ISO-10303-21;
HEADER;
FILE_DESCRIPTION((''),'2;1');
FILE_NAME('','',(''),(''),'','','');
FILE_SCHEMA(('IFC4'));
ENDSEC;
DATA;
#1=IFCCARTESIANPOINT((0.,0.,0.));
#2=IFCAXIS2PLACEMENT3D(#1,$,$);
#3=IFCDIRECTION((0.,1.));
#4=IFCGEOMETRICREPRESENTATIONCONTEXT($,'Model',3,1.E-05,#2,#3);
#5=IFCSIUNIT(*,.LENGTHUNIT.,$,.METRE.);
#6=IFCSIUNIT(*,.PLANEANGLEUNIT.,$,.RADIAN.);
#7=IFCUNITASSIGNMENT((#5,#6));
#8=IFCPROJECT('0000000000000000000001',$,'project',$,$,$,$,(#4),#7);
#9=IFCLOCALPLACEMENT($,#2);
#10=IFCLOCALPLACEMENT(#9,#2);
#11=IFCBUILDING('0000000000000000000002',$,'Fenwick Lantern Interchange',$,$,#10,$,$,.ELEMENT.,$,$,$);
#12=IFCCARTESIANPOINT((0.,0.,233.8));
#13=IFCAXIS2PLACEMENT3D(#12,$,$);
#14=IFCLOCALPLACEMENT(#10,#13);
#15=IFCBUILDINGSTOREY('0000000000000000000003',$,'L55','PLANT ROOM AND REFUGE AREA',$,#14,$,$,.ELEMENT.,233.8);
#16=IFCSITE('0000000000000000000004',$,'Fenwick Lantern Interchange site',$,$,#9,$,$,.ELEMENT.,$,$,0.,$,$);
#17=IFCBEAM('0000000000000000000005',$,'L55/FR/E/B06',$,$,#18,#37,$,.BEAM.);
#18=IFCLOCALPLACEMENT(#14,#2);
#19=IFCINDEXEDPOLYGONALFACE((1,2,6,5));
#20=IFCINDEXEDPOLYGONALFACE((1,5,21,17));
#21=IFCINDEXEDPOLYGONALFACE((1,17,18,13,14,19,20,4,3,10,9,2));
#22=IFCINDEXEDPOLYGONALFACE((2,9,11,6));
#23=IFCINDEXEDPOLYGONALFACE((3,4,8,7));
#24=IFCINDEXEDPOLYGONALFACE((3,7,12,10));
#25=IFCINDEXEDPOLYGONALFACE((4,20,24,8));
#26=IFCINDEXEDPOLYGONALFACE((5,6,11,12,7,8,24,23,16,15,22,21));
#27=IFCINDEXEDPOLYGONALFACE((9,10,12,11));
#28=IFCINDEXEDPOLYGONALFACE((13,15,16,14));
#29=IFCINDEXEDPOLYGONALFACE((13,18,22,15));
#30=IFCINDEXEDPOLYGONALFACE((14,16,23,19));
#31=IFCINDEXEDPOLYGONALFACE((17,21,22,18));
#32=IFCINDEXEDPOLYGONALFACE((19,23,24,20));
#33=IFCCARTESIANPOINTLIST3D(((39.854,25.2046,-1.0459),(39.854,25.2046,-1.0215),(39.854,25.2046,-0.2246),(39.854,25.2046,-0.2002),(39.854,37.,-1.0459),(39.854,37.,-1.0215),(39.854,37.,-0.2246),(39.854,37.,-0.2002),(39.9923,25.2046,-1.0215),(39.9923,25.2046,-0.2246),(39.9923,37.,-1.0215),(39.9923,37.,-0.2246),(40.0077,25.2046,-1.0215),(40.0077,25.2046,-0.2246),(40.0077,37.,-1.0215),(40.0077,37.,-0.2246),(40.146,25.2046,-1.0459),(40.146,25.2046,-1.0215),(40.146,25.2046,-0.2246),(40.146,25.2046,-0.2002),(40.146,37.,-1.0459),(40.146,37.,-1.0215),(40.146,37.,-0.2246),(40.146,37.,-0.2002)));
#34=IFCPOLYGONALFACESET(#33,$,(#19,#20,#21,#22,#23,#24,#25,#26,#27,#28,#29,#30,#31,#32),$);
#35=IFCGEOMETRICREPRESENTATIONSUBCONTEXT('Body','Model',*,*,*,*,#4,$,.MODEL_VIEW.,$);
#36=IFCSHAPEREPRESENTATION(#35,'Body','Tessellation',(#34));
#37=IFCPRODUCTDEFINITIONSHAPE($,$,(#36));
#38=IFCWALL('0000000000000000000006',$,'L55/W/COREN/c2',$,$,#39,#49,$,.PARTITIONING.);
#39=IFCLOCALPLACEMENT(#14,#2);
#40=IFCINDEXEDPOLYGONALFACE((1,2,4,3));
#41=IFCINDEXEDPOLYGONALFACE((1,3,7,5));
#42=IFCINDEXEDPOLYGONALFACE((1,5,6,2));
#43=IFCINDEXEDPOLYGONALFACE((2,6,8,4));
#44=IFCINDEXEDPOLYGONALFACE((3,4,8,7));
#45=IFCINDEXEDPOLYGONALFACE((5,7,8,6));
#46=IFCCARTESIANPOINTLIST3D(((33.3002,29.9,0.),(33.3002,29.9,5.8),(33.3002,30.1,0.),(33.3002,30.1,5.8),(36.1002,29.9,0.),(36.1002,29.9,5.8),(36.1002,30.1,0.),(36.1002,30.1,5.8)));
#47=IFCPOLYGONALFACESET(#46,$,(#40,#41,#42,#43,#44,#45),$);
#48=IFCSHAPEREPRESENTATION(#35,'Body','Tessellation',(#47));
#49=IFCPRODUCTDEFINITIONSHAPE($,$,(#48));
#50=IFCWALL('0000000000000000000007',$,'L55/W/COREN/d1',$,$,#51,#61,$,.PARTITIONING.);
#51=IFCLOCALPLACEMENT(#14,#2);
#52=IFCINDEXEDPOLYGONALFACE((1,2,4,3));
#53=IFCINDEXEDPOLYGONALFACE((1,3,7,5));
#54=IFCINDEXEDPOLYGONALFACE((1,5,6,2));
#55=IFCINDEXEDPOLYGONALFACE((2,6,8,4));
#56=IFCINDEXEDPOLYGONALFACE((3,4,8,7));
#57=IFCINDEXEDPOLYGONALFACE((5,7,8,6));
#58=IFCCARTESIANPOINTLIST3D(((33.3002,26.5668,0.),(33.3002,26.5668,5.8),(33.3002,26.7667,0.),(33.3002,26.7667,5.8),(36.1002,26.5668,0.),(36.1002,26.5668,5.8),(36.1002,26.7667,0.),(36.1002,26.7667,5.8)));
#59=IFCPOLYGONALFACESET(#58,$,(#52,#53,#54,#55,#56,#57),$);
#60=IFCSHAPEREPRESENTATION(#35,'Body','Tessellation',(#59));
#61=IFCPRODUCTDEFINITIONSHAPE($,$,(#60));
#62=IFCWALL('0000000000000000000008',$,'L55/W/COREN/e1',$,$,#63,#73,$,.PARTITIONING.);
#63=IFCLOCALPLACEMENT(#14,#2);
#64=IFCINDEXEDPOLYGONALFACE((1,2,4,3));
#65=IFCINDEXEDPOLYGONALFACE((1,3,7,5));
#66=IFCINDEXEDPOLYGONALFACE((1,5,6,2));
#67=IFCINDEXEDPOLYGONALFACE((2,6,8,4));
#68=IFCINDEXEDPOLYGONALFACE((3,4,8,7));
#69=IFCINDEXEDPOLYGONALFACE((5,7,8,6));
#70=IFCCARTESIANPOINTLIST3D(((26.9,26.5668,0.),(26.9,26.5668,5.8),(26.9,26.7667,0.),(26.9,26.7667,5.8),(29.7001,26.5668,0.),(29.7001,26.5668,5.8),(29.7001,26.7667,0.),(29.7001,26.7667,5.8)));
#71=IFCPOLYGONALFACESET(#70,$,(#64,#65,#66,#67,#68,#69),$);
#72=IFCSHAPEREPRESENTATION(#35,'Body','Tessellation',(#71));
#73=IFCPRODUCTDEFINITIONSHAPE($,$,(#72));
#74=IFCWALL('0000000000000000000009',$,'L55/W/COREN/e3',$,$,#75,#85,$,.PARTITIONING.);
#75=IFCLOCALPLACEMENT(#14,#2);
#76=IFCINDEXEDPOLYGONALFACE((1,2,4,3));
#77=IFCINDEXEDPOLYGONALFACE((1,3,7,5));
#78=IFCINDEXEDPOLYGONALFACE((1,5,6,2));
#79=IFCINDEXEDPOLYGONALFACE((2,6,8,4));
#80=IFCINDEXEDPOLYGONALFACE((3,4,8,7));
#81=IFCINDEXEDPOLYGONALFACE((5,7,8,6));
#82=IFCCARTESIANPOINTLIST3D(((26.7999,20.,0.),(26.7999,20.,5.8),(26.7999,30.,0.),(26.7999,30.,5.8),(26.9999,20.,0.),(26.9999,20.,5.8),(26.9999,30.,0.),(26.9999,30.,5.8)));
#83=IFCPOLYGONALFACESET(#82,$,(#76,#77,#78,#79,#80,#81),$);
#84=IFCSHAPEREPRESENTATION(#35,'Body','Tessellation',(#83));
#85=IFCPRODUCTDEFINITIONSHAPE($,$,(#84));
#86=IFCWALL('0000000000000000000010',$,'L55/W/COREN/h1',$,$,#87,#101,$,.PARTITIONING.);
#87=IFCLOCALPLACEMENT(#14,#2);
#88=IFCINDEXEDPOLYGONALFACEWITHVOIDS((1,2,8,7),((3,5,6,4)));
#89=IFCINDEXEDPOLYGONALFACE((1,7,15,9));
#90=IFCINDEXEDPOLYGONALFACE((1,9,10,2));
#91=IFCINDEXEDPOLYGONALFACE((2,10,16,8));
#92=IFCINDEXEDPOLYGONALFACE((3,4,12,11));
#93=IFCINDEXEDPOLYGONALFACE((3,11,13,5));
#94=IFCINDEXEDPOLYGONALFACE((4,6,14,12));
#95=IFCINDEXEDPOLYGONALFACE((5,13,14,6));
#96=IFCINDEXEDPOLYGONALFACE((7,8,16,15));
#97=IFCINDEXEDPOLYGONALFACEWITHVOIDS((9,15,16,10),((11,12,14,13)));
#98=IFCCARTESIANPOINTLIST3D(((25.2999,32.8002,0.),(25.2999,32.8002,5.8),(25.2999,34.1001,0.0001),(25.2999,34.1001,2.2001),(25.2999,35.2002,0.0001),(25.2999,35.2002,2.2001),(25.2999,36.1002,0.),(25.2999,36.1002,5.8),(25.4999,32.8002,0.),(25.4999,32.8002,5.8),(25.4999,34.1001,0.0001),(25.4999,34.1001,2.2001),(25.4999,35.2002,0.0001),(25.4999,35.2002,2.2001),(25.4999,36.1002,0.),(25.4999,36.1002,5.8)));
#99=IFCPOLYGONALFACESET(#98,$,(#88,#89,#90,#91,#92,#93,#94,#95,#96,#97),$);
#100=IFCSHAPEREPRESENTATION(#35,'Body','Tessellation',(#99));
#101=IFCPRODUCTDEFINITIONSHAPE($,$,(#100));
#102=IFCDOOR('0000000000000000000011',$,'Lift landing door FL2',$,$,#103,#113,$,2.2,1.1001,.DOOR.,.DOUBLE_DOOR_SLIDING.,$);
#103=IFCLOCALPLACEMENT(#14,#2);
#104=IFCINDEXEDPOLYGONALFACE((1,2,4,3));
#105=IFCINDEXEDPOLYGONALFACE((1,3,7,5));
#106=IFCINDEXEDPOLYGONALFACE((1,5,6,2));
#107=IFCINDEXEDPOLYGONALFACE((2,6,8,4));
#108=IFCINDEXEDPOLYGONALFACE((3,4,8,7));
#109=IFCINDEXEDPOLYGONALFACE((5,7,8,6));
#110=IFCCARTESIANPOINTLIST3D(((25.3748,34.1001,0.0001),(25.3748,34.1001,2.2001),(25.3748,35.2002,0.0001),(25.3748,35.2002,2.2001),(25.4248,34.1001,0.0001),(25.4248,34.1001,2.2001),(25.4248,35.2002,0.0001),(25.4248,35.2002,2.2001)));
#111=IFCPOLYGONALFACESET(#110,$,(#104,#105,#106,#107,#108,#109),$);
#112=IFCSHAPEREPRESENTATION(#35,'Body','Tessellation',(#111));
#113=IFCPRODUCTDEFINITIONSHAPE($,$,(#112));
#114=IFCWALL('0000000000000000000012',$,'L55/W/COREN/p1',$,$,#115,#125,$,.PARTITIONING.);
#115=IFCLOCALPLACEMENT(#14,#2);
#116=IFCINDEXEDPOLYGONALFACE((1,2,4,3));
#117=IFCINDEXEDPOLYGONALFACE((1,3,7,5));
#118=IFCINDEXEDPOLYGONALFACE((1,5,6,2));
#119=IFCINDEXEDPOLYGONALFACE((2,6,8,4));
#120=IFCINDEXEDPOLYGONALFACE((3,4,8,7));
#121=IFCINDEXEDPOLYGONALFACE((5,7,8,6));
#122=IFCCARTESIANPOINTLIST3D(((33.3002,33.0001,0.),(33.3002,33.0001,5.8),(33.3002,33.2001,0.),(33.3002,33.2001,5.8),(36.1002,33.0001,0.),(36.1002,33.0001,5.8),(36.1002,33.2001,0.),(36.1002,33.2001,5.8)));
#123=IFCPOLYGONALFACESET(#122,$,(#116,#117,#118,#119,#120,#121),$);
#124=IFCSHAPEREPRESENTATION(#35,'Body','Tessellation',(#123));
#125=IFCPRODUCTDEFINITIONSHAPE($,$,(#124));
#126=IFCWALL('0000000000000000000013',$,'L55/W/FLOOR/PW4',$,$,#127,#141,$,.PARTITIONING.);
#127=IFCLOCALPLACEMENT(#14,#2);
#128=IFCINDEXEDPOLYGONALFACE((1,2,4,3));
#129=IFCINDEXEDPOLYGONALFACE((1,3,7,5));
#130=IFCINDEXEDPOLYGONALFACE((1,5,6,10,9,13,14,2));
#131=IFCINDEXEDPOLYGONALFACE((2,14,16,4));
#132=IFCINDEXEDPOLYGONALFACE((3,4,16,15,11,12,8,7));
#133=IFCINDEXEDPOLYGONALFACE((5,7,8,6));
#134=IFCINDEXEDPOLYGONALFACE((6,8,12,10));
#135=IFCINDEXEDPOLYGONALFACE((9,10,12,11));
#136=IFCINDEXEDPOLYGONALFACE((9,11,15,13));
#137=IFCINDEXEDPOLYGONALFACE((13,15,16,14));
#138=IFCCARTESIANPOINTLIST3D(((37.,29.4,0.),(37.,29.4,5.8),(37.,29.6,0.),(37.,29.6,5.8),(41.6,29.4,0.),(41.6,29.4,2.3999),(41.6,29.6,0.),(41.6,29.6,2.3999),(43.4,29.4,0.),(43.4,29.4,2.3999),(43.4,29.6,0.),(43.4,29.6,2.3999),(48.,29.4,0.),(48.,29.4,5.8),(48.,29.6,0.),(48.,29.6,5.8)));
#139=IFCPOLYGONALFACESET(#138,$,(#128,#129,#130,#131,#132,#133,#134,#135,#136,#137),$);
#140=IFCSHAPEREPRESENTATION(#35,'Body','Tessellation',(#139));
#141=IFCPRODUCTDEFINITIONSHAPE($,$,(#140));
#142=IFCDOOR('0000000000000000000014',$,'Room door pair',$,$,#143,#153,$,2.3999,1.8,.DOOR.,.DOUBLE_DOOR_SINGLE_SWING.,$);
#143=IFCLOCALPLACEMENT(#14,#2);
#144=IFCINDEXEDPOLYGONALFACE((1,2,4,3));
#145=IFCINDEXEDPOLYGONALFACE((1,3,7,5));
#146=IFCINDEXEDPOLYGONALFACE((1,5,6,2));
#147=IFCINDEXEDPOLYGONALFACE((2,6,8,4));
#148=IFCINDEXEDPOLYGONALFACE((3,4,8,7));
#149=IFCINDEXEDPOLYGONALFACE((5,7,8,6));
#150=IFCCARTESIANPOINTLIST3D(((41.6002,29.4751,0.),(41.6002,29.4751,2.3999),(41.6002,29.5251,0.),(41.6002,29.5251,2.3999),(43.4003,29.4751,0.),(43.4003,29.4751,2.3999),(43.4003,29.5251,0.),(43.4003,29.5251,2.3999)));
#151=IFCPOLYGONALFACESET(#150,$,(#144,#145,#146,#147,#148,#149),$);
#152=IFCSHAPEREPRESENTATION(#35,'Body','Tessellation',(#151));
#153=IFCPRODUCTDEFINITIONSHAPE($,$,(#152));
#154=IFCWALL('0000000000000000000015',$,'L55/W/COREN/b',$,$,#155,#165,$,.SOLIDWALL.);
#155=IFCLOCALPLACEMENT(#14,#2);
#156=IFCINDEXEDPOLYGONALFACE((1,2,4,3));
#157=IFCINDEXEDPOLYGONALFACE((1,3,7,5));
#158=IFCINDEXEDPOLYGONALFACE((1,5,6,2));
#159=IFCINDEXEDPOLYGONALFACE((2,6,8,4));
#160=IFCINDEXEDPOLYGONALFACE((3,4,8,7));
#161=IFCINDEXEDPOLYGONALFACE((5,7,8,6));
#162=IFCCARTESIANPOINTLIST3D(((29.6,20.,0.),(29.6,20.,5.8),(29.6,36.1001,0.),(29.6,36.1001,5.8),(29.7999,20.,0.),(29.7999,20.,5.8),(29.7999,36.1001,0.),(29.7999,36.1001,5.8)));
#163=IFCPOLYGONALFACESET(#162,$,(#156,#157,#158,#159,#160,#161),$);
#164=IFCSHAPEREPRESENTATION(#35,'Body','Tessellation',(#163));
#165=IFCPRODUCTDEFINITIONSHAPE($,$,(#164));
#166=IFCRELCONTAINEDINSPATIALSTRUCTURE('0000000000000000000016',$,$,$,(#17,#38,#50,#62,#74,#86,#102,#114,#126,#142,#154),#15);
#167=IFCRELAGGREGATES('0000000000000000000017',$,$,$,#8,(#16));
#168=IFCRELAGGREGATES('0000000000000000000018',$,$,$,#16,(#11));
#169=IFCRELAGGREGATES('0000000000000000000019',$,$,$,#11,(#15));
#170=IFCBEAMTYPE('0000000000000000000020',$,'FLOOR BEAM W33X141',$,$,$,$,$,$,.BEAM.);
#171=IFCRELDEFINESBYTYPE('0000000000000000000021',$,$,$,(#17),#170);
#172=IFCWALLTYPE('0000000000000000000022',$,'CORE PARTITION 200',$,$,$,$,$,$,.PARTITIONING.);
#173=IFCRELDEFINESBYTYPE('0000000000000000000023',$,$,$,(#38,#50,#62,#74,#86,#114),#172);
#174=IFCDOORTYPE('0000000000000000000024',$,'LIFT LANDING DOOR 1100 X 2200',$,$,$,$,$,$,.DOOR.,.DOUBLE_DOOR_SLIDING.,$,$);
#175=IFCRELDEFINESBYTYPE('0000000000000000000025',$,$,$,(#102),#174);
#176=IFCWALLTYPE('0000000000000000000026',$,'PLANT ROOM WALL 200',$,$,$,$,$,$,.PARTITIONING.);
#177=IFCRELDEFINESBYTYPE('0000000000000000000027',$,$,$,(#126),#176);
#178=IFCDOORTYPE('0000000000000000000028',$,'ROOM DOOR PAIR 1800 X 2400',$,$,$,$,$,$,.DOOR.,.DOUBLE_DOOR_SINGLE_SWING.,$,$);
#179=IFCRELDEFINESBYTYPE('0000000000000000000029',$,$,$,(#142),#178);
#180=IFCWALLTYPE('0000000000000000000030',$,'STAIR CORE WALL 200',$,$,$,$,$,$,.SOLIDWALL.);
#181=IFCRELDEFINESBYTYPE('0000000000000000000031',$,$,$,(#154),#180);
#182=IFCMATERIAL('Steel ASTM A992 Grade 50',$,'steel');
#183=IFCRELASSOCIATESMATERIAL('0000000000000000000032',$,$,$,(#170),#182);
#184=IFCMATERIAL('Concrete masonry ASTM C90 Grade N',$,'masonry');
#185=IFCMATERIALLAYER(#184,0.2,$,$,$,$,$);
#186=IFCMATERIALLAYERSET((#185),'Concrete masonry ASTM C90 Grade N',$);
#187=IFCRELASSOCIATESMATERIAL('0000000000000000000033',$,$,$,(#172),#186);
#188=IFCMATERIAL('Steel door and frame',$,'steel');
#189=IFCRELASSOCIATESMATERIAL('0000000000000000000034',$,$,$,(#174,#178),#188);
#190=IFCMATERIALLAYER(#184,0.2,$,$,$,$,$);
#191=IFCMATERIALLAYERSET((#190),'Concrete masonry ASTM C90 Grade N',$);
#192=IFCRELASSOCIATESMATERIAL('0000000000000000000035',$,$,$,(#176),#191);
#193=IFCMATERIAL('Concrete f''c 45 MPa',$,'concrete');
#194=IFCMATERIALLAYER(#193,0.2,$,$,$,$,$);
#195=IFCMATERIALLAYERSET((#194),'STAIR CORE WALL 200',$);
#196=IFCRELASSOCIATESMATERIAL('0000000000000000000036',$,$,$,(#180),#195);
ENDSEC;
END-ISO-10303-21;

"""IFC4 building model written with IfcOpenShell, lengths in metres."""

from ifc_helpers import new_model, si_unit, direction, frame, frame_2d, origin, origin_2d, place, context, subcontext, project, spatial, rectangle, i_section, extrude, material, layer, layer_set, material_profile, profile_set, type_object, element, fill, save


model = new_model("IFC4")

# Units and contexts
model_context = context("Model", 3, precision=1e-05, world=origin(), true_north=direction((0.0, 1.0)))
body_context = subcontext(model_context, "Body", "Model", "MODEL_VIEW")
ifc_project = project(units=[si_unit("LENGTHUNIT", "METRE"), si_unit("PLANEANGLEUNIT", "RADIAN")], contexts=[model_context])

# Site, building, storey
site_placement = place(None, origin())
site = spatial("IfcSite", under=ifc_project, at=site_placement, Name="Fenwick Lantern Interchange site", CompositionType="ELEMENT", RefElevation=0.0)
building_placement = place(site_placement, origin())
building = spatial("IfcBuilding", under=site, at=building_placement, Name="Fenwick Lantern Interchange", CompositionType="ELEMENT")
storey_placement = place(building_placement, frame((0.0, 0.0, 233.8)))
storey = spatial("IfcBuildingStorey", under=building, at=storey_placement, Name="L55", Description="PLANT ROOM AND REFUGE AREA", CompositionType="ELEMENT", Elevation=233.8)

# Beam
ifc_material_1 = material(Name="Steel ASTM A992 Grade 50", Category="steel")
ifc_material_profile = material_profile(ifc_material_1, i_section(OverallWidth=0.292, OverallDepth=0.8457, WebThickness=0.0154, FlangeThickness=0.0244, at=origin_2d()), Name="W33X141")
ifc_profile_set = profile_set([ifc_material_profile], Name="Steel ASTM A992 Grade 50")
beam_type = type_object("IfcBeamType", Name="FLOOR BEAM W33X141", PredefinedType="BEAM", material=ifc_profile_set)
beam_placement = place(storey_placement, frame((40.0, 25.2046, -0.623), z_axis=(0.0, 1.0, 0.0), x_axis=(-1.0, 0.0, 0.0)))
element("IfcBeam", 1, at=beam_placement, inside=storey, type_object=beam_type, Name="L55/FR/E/B06", PredefinedType="BEAM", context=body_context, shape_type="SweptSolid", body=[
    extrude(i_section(OverallWidth=0.292, OverallDepth=0.8457, WebThickness=0.0154, FlangeThickness=0.0244, at=origin_2d()), origin(), (0.0, 0.0, 1.0), 11.7954),
])

# Walls
ifc_material_2 = material(Name="Concrete masonry ASTM C90 Grade N", Category="masonry")
ifc_layer_1 = layer(ifc_material_2, 0.2)
ifc_layer_set_1 = layer_set([ifc_layer_1], Name="Concrete masonry ASTM C90 Grade N")
wall_type_1 = type_object("IfcWallType", Name="CORE PARTITION 200", PredefinedType="PARTITIONING", material=ifc_layer_set_1)
for number, where, z_axis, x_axis, name in (
    (2, (36.1001, 30.0, 0.0), (0.0, 0.0, 1.0), (-1.0, 0.0, 0.0), "L55/W/COREN/c2"),
    (3, (36.1001, 26.6667, 0.0), (0.0, 0.0, 1.0), (-1.0, 0.0, 0.0), "L55/W/COREN/d1"),
    (4, (29.7, 26.6667, 0.0), (0.0, 0.0, 1.0), (-1.0, 0.0, 0.0), "L55/W/COREN/e1"),
):
    element("IfcWall", number, at=place(storey_placement, frame(where, z_axis=z_axis, x_axis=x_axis)), inside=storey, type_object=wall_type_1, Name=name, PredefinedType="PARTITIONING", context=body_context, shape_type="SweptSolid", body=[
        extrude(rectangle(XDim=2.8, YDim=0.2, at=frame_2d((1.3999, 0.0))), origin(), (0.0, 0.0, 1.0), 5.8),
    ])
wall_1_placement = place(storey_placement, frame((26.8999, 30.0, 0.0), z_axis=(0.0, 0.0, 1.0), x_axis=(0.0, -1.0, 0.0)))
element("IfcWall", 5, at=wall_1_placement, inside=storey, type_object=wall_type_1, Name="L55/W/COREN/e3", PredefinedType="PARTITIONING", context=body_context, shape_type="SweptSolid", body=[
    extrude(rectangle(XDim=10.0, YDim=0.2, at=frame_2d((5.0, 0.0))), origin(), (0.0, 0.0, 1.0), 5.8),
])

# Wall, opening, door
wall_2_placement = place(storey_placement, frame((25.3999, 36.1001, 0.0), z_axis=(0.0, 0.0, 1.0), x_axis=(0.0, -1.0, 0.0)))
wall_2 = element("IfcWall", 6, at=wall_2_placement, inside=storey, type_object=wall_type_1, Name="L55/W/COREN/h1", PredefinedType="PARTITIONING", context=body_context, shape_type="SweptSolid", body=[
    extrude(rectangle(XDim=3.3, YDim=0.2, at=frame_2d((1.6499, 0.0))), origin(), (0.0, 0.0, 1.0), 5.8),
])
opening_1_placement = place(wall_2_placement, frame((0.8999, 0.0, 0.0)))
opening_1 = element("IfcOpeningElement", 7, at=opening_1_placement, cuts=wall_2, PredefinedType="OPENING", context=body_context, shape_type="SweptSolid", body=[
    extrude(rectangle(XDim=1.1001, YDim=2.2, at=frame_2d((0.55, 1.1001))), frame((0.0, 0.1099, 0.0), z_axis=(0.0, -1.0, 0.0), x_axis=(1.0, 0.0, 0.0)), (0.0, 0.0, 1.0), 0.22),
])
ifc_material_3 = material(Name="Steel door and frame", Category="steel")
door_type_1 = type_object("IfcDoorType", Name="LIFT LANDING DOOR 1100 X 2200", OperationType="DOUBLE_DOOR_SLIDING", PredefinedType="DOOR", material=ifc_material_3)
door_1_placement = place(opening_1_placement, origin())
door_1 = element("IfcDoor", 8, at=door_1_placement, inside=storey, type_object=door_type_1, Name="Lift landing door FL2", OperationType="DOUBLE_DOOR_SLIDING", OverallHeight=2.2, OverallWidth=1.1001, PredefinedType="DOOR", context=body_context, shape_type="SweptSolid", body=[
    extrude(rectangle(XDim=1.1001, YDim=2.2, at=frame_2d((0.55, 1.1001))), frame((0.0, 0.0249, 0.0), z_axis=(0.0, -1.0, 0.0), x_axis=(1.0, 0.0, 0.0)), (0.0, 0.0, 1.0), 0.05),
])
fill(opening_1, door_1)

# Wall
wall_3_placement = place(storey_placement, frame((36.1001, 33.1001, 0.0), z_axis=(0.0, 0.0, 1.0), x_axis=(-1.0, 0.0, 0.0)))
element("IfcWall", 9, at=wall_3_placement, inside=storey, type_object=wall_type_1, Name="L55/W/COREN/p1", PredefinedType="PARTITIONING", context=body_context, shape_type="SweptSolid", body=[
    extrude(rectangle(XDim=2.8, YDim=0.2, at=frame_2d((1.3999, 0.0))), origin(), (0.0, 0.0, 1.0), 5.8),
])

# Wall, opening, door
ifc_layer_2 = layer(ifc_material_2, 0.2)
ifc_layer_set_2 = layer_set([ifc_layer_2], Name="Concrete masonry ASTM C90 Grade N")
wall_type_2 = type_object("IfcWallType", Name="PLANT ROOM WALL 200", PredefinedType="PARTITIONING", material=ifc_layer_set_2)
wall_4_placement = place(storey_placement, frame((37.0, 29.5, 0.0), z_axis=(0.0, 0.0, 1.0), x_axis=(1.0, 0.0, 0.0)))
wall_4 = element("IfcWall", 10, at=wall_4_placement, inside=storey, type_object=wall_type_2, Name="L55/W/FLOOR/PW4", PredefinedType="PARTITIONING", context=body_context, shape_type="SweptSolid", body=[
    extrude(rectangle(XDim=11.0, YDim=0.2, at=frame_2d((5.5, 0.0))), origin(), (0.0, 0.0, 1.0), 5.8),
])
opening_2_placement = place(wall_4_placement, frame((4.6001, 0.0, 0.0)))
opening_2 = element("IfcOpeningElement", 11, at=opening_2_placement, cuts=wall_4, PredefinedType="OPENING", context=body_context, shape_type="SweptSolid", body=[
    extrude(rectangle(XDim=1.8, YDim=2.3999, at=frame_2d((0.8999, 1.2))), frame((0.0, 0.1099, 0.0), z_axis=(0.0, -1.0, 0.0), x_axis=(1.0, 0.0, 0.0)), (0.0, 0.0, 1.0), 0.22),
])
door_type_2 = type_object("IfcDoorType", Name="ROOM DOOR PAIR 1800 X 2400", OperationType="DOUBLE_DOOR_SINGLE_SWING", PredefinedType="DOOR", material=ifc_material_3)
door_2_placement = place(opening_2_placement, frame((1.8, 0.0, 0.0), z_axis=(0.0, 0.0, 1.0), x_axis=(-1.0, 0.0, 0.0)))
door_2 = element("IfcDoor", 12, at=door_2_placement, inside=storey, type_object=door_type_2, Name="Room door pair", OperationType="DOUBLE_DOOR_SINGLE_SWING", OverallHeight=2.3999, OverallWidth=1.8, PredefinedType="DOOR", context=body_context, shape_type="SweptSolid", body=[
    extrude(rectangle(XDim=1.8, YDim=2.3999, at=frame_2d((0.8999, 1.2))), frame((0.0, 0.0249, 0.0), z_axis=(0.0, -1.0, 0.0), x_axis=(1.0, 0.0, 0.0)), (0.0, 0.0, 1.0), 0.05),
])
fill(opening_2, door_2)

# Wall
ifc_material_4 = material(Name="Concrete f'c 45 MPa", Category="concrete")
ifc_layer_3 = layer(ifc_material_4, 0.2)
ifc_layer_set_3 = layer_set([ifc_layer_3], Name="STAIR CORE WALL 200")
wall_type_3 = type_object("IfcWallType", Name="STAIR CORE WALL 200", PredefinedType="SOLIDWALL", material=ifc_layer_set_3)
wall_5_placement = place(storey_placement, frame((29.7, 36.1001, 0.0), z_axis=(0.0, 0.0, 1.0), x_axis=(0.0, -1.0, 0.0)))
element("IfcWall", 13, at=wall_5_placement, inside=storey, type_object=wall_type_3, Name="L55/W/COREN/b", PredefinedType="SOLIDWALL", context=body_context, shape_type="SweptSolid", body=[
    extrude(rectangle(XDim=16.1001, YDim=0.2, at=frame_2d((8.05, 0.0))), origin(), (0.0, 0.0, 1.0), 5.8),
])

save(model, "model.ifc")
